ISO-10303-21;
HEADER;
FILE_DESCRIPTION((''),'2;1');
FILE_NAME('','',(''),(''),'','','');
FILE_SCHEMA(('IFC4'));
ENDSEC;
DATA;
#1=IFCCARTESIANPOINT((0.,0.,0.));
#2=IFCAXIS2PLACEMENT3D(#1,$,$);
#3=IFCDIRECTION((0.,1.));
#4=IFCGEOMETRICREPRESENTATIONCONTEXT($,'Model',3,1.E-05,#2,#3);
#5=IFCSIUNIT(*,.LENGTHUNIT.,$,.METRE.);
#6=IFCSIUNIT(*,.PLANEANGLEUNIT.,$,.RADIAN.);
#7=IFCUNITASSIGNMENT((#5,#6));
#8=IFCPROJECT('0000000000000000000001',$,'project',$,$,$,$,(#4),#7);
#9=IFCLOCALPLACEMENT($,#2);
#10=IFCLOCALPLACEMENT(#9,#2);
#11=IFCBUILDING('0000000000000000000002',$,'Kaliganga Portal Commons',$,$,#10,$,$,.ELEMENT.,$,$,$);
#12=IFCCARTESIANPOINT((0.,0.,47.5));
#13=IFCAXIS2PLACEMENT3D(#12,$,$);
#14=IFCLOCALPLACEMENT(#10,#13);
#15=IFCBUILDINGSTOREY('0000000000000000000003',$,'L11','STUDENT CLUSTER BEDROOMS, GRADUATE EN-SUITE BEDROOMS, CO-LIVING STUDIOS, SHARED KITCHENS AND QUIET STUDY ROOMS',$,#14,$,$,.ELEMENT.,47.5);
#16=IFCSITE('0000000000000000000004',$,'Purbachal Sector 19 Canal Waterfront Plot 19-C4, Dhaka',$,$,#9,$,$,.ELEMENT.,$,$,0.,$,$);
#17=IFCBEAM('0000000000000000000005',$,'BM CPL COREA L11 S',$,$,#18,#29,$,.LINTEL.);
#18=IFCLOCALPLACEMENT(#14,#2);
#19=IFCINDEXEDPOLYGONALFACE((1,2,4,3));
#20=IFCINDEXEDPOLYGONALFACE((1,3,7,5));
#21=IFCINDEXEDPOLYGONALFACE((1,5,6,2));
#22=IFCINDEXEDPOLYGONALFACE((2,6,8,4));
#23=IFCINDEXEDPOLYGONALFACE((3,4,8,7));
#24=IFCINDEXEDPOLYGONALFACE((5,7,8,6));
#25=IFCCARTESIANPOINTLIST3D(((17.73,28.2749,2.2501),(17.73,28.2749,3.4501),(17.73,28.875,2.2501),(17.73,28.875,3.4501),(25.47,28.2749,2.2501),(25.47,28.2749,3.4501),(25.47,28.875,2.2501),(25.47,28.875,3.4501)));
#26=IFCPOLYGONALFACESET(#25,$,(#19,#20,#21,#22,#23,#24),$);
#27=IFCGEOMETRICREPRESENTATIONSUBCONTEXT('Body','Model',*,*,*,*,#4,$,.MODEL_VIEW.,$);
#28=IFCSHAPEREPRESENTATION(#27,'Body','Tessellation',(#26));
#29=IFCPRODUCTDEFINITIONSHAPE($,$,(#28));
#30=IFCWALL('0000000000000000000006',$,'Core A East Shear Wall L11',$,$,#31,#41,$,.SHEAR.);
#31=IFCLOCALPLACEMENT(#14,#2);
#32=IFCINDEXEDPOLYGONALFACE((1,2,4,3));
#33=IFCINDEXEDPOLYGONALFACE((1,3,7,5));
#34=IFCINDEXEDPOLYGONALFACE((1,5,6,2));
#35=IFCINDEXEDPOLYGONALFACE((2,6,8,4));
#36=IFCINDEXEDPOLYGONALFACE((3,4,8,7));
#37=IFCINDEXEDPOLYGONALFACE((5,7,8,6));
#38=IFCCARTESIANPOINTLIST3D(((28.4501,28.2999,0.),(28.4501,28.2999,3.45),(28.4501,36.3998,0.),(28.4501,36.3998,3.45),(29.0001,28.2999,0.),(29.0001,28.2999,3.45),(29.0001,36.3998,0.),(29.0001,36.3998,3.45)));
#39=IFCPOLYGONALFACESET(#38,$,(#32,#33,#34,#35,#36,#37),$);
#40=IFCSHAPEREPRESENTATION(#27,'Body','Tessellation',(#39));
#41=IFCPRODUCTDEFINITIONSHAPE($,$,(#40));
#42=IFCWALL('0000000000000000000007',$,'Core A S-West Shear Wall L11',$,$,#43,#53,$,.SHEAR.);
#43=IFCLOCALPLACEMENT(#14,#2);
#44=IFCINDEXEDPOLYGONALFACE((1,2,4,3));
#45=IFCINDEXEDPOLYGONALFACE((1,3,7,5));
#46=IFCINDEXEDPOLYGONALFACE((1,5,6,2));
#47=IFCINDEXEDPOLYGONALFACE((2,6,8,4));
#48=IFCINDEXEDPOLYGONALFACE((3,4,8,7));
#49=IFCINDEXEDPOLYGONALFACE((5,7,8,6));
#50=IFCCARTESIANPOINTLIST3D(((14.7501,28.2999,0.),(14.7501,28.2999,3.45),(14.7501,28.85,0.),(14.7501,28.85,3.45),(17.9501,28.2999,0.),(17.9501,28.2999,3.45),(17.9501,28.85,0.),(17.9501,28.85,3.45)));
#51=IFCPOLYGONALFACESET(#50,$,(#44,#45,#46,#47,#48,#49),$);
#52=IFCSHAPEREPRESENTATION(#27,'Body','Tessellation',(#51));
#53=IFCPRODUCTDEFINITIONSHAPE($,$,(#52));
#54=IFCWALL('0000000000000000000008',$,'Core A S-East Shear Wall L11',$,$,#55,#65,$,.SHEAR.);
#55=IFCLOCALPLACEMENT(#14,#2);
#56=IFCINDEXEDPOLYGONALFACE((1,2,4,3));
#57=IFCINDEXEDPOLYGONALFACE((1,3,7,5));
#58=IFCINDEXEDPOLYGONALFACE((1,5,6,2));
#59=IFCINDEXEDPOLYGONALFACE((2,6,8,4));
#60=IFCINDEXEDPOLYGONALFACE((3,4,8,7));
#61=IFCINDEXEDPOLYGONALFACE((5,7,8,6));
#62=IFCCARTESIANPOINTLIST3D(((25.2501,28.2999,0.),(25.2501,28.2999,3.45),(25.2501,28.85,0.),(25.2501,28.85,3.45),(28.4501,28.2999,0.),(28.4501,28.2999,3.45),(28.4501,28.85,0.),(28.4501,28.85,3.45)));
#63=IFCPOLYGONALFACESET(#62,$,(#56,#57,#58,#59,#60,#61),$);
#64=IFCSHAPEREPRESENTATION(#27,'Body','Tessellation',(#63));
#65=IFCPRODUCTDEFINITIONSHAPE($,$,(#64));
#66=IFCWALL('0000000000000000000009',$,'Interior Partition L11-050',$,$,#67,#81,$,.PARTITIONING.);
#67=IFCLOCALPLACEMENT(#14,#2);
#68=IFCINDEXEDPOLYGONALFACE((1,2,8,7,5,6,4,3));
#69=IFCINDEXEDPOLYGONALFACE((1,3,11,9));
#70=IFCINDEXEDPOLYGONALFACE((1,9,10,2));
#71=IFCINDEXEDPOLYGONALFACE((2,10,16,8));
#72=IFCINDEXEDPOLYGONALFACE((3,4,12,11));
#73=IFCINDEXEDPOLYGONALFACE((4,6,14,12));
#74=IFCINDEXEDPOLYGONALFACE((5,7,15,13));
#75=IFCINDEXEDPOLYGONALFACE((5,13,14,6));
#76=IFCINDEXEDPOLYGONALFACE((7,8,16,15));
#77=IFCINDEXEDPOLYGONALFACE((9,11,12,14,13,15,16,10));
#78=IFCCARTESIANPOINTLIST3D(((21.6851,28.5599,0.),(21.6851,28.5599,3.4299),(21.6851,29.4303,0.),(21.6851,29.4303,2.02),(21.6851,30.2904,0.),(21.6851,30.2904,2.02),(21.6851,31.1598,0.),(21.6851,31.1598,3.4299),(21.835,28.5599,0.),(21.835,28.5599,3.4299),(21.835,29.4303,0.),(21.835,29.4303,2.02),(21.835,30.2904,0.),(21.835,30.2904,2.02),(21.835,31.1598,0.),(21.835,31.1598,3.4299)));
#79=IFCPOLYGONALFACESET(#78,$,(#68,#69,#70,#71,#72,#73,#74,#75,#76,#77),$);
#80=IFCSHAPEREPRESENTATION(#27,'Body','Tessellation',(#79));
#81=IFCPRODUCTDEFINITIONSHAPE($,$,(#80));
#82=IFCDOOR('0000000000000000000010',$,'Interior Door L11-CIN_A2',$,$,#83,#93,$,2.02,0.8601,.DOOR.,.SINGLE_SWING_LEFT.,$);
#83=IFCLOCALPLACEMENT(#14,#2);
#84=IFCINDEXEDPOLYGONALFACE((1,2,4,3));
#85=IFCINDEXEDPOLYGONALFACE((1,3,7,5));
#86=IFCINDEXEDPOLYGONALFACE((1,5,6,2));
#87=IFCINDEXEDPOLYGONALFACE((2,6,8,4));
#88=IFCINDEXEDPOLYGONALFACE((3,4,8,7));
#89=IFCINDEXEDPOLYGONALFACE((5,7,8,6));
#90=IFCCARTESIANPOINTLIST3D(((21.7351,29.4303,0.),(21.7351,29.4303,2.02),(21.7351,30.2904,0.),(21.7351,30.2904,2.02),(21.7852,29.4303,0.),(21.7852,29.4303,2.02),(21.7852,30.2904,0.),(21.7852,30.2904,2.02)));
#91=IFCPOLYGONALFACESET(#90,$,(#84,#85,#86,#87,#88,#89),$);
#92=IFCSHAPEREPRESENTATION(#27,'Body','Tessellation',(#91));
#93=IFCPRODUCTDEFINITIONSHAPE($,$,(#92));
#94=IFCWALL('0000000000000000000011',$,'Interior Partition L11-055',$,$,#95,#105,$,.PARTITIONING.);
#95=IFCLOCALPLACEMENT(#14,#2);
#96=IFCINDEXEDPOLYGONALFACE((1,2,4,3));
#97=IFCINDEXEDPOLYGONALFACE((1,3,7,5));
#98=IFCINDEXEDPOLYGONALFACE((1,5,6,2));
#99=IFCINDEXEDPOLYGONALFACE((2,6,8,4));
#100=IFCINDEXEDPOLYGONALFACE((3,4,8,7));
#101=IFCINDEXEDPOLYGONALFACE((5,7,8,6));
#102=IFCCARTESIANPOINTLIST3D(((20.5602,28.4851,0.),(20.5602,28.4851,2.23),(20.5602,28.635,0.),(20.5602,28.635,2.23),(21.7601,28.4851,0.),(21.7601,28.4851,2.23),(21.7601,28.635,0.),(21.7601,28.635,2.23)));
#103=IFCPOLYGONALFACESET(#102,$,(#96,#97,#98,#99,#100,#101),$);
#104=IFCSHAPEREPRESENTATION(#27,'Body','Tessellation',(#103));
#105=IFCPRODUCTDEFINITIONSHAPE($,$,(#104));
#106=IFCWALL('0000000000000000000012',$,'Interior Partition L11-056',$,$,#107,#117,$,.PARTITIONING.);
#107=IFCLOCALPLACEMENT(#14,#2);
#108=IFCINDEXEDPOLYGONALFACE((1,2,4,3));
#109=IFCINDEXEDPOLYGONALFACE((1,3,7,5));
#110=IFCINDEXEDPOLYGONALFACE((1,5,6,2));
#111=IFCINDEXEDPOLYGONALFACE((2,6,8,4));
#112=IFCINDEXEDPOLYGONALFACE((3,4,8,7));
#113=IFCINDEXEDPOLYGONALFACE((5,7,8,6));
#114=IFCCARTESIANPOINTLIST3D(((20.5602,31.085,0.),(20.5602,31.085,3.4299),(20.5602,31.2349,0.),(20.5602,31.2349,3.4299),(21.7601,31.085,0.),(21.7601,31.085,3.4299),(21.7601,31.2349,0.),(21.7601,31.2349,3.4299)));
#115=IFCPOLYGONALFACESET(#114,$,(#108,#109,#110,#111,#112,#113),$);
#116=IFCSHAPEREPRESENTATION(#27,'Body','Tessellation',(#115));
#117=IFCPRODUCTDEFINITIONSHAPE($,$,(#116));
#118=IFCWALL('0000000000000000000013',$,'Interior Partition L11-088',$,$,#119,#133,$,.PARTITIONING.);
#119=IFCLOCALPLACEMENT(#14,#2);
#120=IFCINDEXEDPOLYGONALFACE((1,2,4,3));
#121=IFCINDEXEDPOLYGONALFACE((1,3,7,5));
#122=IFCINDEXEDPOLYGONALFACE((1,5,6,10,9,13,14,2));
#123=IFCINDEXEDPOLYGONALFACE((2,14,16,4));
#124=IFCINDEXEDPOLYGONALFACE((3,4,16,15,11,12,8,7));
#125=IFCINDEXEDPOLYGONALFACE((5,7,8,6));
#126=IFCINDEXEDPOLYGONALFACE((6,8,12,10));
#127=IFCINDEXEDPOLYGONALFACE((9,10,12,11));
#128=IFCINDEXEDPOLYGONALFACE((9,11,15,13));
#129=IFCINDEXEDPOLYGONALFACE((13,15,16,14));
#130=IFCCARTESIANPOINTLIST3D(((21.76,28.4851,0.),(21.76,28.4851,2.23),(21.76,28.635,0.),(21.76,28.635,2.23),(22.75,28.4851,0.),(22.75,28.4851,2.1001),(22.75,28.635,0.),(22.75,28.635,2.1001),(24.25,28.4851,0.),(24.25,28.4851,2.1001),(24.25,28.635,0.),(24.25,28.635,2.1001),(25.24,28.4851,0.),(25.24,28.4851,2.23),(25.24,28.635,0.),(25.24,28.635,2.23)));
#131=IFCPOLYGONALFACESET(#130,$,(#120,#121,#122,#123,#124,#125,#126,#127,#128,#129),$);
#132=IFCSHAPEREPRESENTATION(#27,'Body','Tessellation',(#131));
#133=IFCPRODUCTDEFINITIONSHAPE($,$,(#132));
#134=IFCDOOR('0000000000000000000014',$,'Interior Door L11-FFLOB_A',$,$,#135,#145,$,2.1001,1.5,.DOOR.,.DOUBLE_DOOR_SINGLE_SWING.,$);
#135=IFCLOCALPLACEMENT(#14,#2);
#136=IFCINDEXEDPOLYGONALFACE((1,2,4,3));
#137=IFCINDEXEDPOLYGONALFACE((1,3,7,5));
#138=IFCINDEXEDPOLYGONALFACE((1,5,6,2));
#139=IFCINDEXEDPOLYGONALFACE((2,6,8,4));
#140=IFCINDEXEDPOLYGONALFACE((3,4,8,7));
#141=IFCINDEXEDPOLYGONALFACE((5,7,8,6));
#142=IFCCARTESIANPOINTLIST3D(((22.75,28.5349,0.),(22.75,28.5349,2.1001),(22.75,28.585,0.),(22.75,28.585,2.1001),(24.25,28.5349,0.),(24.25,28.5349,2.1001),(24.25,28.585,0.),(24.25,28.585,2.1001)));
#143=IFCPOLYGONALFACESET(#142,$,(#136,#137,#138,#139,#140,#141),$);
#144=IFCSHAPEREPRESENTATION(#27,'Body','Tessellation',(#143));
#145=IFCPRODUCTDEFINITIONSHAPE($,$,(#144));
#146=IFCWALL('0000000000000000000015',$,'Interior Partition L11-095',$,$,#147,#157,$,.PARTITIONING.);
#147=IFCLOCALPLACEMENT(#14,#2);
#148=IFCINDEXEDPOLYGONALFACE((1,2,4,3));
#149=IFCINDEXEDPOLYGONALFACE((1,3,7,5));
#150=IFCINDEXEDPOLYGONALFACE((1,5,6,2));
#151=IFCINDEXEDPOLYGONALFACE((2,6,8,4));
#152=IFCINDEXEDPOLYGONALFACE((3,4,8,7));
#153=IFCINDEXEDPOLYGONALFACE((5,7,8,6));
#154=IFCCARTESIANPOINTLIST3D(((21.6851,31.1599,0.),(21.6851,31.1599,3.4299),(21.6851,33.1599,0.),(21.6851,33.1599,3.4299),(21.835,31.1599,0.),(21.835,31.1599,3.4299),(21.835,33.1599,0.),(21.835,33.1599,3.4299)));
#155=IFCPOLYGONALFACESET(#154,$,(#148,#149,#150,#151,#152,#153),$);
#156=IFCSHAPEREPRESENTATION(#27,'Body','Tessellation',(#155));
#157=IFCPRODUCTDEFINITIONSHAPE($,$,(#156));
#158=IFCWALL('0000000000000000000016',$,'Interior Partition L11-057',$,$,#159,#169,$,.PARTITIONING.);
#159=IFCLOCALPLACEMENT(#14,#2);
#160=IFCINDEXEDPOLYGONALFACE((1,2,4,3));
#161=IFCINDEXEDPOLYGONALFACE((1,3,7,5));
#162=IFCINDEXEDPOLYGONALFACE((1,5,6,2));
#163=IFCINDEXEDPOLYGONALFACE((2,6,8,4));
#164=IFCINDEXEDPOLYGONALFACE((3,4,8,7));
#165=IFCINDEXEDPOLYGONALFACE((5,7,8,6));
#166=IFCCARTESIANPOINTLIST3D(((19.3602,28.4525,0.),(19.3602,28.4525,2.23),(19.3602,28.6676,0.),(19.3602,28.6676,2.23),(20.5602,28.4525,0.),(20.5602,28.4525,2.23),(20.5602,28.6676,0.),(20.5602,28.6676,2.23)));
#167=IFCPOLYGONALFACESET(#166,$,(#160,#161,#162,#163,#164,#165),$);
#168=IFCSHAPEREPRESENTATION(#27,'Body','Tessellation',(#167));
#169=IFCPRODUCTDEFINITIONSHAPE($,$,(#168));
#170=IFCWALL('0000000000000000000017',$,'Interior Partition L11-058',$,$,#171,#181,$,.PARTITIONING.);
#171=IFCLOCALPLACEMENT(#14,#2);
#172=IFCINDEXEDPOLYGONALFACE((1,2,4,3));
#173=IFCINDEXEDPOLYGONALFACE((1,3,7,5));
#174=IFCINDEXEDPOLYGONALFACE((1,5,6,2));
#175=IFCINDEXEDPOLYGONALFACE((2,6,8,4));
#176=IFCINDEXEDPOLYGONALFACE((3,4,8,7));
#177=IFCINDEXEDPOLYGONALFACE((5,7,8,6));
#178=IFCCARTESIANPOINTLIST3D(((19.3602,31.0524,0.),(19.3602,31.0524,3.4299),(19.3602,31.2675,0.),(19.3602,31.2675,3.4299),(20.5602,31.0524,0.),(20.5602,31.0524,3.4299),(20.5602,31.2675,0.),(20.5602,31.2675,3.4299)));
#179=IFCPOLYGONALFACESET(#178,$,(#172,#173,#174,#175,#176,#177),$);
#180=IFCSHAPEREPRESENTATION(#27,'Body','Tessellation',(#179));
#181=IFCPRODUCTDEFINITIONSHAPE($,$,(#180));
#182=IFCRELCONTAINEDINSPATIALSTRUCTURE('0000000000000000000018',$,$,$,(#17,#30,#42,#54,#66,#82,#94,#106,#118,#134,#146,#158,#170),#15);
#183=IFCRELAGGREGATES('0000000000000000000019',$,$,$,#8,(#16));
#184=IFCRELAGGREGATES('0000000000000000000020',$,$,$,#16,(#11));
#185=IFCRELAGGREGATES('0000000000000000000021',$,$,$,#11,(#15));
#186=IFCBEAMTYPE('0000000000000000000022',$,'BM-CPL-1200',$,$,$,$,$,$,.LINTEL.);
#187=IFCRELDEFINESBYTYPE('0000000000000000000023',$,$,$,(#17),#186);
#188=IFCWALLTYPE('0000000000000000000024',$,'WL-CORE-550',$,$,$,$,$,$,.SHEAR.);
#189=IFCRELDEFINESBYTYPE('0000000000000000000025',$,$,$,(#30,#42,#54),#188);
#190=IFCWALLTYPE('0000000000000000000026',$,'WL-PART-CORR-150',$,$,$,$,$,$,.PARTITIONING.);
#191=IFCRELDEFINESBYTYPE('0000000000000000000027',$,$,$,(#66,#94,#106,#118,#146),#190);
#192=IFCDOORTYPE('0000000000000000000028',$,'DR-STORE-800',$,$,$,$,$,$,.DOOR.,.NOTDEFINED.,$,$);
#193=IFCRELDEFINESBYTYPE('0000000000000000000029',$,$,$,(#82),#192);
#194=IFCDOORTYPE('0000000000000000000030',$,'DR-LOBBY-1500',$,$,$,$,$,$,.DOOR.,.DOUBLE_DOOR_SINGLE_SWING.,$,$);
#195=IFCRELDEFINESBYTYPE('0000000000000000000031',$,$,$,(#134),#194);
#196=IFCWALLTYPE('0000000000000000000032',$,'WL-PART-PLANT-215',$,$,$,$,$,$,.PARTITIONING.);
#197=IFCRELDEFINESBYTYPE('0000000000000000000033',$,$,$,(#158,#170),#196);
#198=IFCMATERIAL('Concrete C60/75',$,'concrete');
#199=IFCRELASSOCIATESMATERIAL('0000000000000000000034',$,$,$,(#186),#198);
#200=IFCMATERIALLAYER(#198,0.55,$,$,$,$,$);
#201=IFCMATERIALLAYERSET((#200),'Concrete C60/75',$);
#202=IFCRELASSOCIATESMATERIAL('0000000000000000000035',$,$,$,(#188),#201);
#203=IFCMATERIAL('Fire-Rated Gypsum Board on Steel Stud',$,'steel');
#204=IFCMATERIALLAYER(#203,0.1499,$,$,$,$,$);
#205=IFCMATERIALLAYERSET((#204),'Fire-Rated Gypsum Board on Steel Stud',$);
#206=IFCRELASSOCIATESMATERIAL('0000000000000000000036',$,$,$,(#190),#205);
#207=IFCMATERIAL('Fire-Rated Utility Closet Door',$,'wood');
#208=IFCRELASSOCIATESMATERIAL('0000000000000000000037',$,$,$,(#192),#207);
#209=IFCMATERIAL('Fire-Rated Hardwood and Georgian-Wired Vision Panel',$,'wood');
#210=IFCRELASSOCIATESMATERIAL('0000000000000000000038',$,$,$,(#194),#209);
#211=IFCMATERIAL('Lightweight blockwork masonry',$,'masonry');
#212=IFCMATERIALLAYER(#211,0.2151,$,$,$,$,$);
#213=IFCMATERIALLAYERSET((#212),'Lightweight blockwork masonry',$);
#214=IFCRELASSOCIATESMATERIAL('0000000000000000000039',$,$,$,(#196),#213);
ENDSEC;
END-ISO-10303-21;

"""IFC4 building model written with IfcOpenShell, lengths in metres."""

from ifc_helpers import new_model, si_unit, direction, frame, frame_2d, origin, origin_2d, place, context, subcontext, project, spatial, rectangle, extrude, source, transform, mapped, material, layer, layer_set, material_profile, profile_set, type_object, element, fill, save


model = new_model("IFC4")

# Units and contexts
model_context = context("Model", 3, precision=1e-05, world=origin(), true_north=direction((0.0, 1.0)))
body_context = subcontext(model_context, "Body", "Model", "MODEL_VIEW")
ifc_project = project(units=[si_unit("LENGTHUNIT", "METRE"), si_unit("PLANEANGLEUNIT", "RADIAN")], contexts=[model_context])

# Site, building, storey
site_placement = place(None, origin())
site = spatial("IfcSite", under=ifc_project, at=site_placement, Name="Purbachal Sector 19 Canal Waterfront Plot 19-C4, Dhaka", CompositionType="ELEMENT", RefElevation=0.0)
building_placement = place(site_placement, origin())
building = spatial("IfcBuilding", under=site, at=building_placement, Name="Kaliganga Portal Commons", CompositionType="ELEMENT")
storey_placement = place(building_placement, frame((0.0, 0.0, 47.5)))
storey = spatial("IfcBuildingStorey", under=building, at=storey_placement, Name="L11", Description="STUDENT CLUSTER BEDROOMS, GRADUATE EN-SUITE BEDROOMS, CO-LIVING STUDIOS, SHARED KITCHENS AND QUIET STUDY ROOMS", CompositionType="ELEMENT", Elevation=47.5)

# Beam
ifc_material_1 = material(Name="Concrete C60/75", Category="concrete")
ifc_material_profile = material_profile(ifc_material_1, rectangle(XDim=0.6001, YDim=1.2, at=origin_2d()), Name="RC 600x1200")
ifc_profile_set = profile_set([ifc_material_profile], Name="Concrete C60/75")
beam_type = type_object("IfcBeamType", Name="BM-CPL-1200", PredefinedType="LINTEL", material=ifc_profile_set)
shared_shape = source(origin(), body_context, "Body", "SweptSolid", [
    extrude(rectangle(XDim=0.6001, YDim=1.2, at=origin_2d()), origin(), (0.0, 0.0, 1.0), 7.74),
])
beam_placement = place(storey_placement, frame((17.73, 28.575, 2.8501), z_axis=(1.0, 0.0, 0.0), x_axis=(0.0, 1.0, 0.0)))
element("IfcBeam", 1, at=beam_placement, inside=storey, type_object=beam_type, Name="BM CPL COREA L11 S", PredefinedType="LINTEL", context=body_context, shape_type="MappedRepresentation", body=[
    mapped(shared_shape, transform((0.0, 0.0, 0.0), x_axis=(1.0, 0.0, 0.0), y_axis=(0.0, 1.0, 0.0), z_axis=(0.0, 0.0, 1.0), scale=1.0)),
])

# Walls
ifc_layer_1 = layer(ifc_material_1, 0.55)
ifc_layer_set_1 = layer_set([ifc_layer_1], Name="Concrete C60/75")
wall_type_1 = type_object("IfcWallType", Name="WL-CORE-550", PredefinedType="SHEAR", material=ifc_layer_set_1)
wall_1_placement = place(storey_placement, frame((28.7251, 28.3, 0.0), z_axis=(0.0, 0.0, 1.0), x_axis=(0.0, 1.0, 0.0)))
element("IfcWall", 2, at=wall_1_placement, inside=storey, type_object=wall_type_1, Name="Core A East Shear Wall L11", PredefinedType="SHEAR", context=body_context, shape_type="SweptSolid", body=[
    extrude(rectangle(XDim=8.0999, YDim=0.55, at=frame_2d((4.0498, 0.0))), origin(), (0.0, 0.0, 1.0), 3.45),
])
for number, where, z_axis, x_axis, name in (
    (3, (14.75, 28.575, 0.0), (0.0, 0.0, 1.0), (1.0, 0.0, 0.0), "Core A S-West Shear Wall L11"),
    (4, (25.25, 28.575, 0.0), (0.0, 0.0, 1.0), (1.0, 0.0, 0.0), "Core A S-East Shear Wall L11"),
):
    element("IfcWall", number, at=place(storey_placement, frame(where, z_axis=z_axis, x_axis=x_axis)), inside=storey, type_object=wall_type_1, Name=name, PredefinedType="SHEAR", context=body_context, shape_type="SweptSolid", body=[
        extrude(rectangle(XDim=3.2, YDim=0.55, at=frame_2d((1.6001, 0.0))), origin(), (0.0, 0.0, 1.0), 3.45),
    ])

# Wall, opening, door
ifc_material_2 = material(Name="Fire-Rated Gypsum Board on Steel Stud", Category="steel")
ifc_layer_2 = layer(ifc_material_2, 0.1499)
ifc_layer_set_2 = layer_set([ifc_layer_2], Name="Fire-Rated Gypsum Board on Steel Stud")
wall_type_2 = type_object("IfcWallType", Name="WL-PART-CORR-150", PredefinedType="PARTITIONING", material=ifc_layer_set_2)
wall_2_placement = place(storey_placement, frame((21.76, 28.5601, 0.0), z_axis=(0.0, 0.0, 1.0), x_axis=(0.0, 1.0, 0.0)))
wall_2 = element("IfcWall", 5, at=wall_2_placement, inside=storey, type_object=wall_type_2, Name="Interior Partition L11-050", PredefinedType="PARTITIONING", context=body_context, shape_type="SweptSolid", body=[
    extrude(rectangle(XDim=2.5999, YDim=0.1499, at=frame_2d((1.2998, 0.0))), origin(), (0.0, 0.0, 1.0), 3.4299),
])
opening_1_placement = place(wall_2_placement, frame((0.8701, 0.0, 0.0)))
opening_1 = element("IfcOpeningElement", 6, at=opening_1_placement, cuts=wall_2, PredefinedType="OPENING", context=body_context, shape_type="SweptSolid", body=[
    extrude(rectangle(XDim=0.8601, YDim=2.02, at=frame_2d((0.4302, 1.01))), frame((0.0, 0.085, 0.0), z_axis=(0.0, -1.0, 0.0), x_axis=(1.0, 0.0, 0.0)), (0.0, 0.0, 1.0), 0.1699),
])
ifc_material_3 = material(Name="Fire-Rated Utility Closet Door", Category="wood")
door_type_1 = type_object("IfcDoorType", Name="DR-STORE-800", OperationType="NOTDEFINED", PredefinedType="DOOR", material=ifc_material_3)
door_1_placement = place(opening_1_placement, origin())
door_1 = element("IfcDoor", 7, at=door_1_placement, inside=storey, type_object=door_type_1, Name="Interior Door L11-CIN_A2", OperationType="SINGLE_SWING_LEFT", OverallHeight=2.02, OverallWidth=0.8601, PredefinedType="DOOR", context=body_context, shape_type="SweptSolid", body=[
    extrude(rectangle(XDim=0.8601, YDim=2.02, at=frame_2d((0.4302, 1.01))), frame((0.0, 0.0249, 0.0), z_axis=(0.0, -1.0, 0.0), x_axis=(1.0, 0.0, 0.0)), (0.0, 0.0, 1.0), 0.05),
])
fill(opening_1, door_1)

# Walls
wall_3_placement = place(storey_placement, frame((20.5601, 28.5601, 0.0), z_axis=(0.0, 0.0, 1.0), x_axis=(1.0, 0.0, 0.0)))
element("IfcWall", 8, at=wall_3_placement, inside=storey, type_object=wall_type_2, Name="Interior Partition L11-055", PredefinedType="PARTITIONING", context=body_context, shape_type="SweptSolid", body=[
    extrude(rectangle(XDim=1.2, YDim=0.1499, at=frame_2d((0.6001, 0.0))), origin(), (0.0, 0.0, 1.0), 2.23),
])
wall_4_placement = place(storey_placement, frame((20.5601, 31.1599, 0.0), z_axis=(0.0, 0.0, 1.0), x_axis=(1.0, 0.0, 0.0)))
element("IfcWall", 9, at=wall_4_placement, inside=storey, type_object=wall_type_2, Name="Interior Partition L11-056", PredefinedType="PARTITIONING", context=body_context, shape_type="SweptSolid", body=[
    extrude(rectangle(XDim=1.2, YDim=0.1499, at=frame_2d((0.6001, 0.0))), origin(), (0.0, 0.0, 1.0), 3.4299),
])

# Wall, opening, door
wall_5_placement = place(storey_placement, frame((21.76, 28.5601, 0.0), z_axis=(0.0, 0.0, 1.0), x_axis=(1.0, 0.0, 0.0)))
wall_5 = element("IfcWall", 10, at=wall_5_placement, inside=storey, type_object=wall_type_2, Name="Interior Partition L11-088", PredefinedType="PARTITIONING", context=body_context, shape_type="SweptSolid", body=[
    extrude(rectangle(XDim=3.48, YDim=0.1499, at=frame_2d((1.74, 0.0))), origin(), (0.0, 0.0, 1.0), 2.23),
])
opening_2_placement = place(wall_5_placement, frame((0.99, 0.0, 0.0)))
opening_2 = element("IfcOpeningElement", 11, at=opening_2_placement, cuts=wall_5, PredefinedType="OPENING", context=body_context, shape_type="SweptSolid", body=[
    extrude(rectangle(XDim=1.5, YDim=2.1001, at=frame_2d((0.75, 1.05))), frame((0.0, 0.085, 0.0), z_axis=(0.0, -1.0, 0.0), x_axis=(1.0, 0.0, 0.0)), (0.0, 0.0, 1.0), 0.1699),
])
ifc_material_4 = material(Name="Fire-Rated Hardwood and Georgian-Wired Vision Panel", Category="wood")
door_type_2 = type_object("IfcDoorType", Name="DR-LOBBY-1500", OperationType="DOUBLE_DOOR_SINGLE_SWING", PredefinedType="DOOR", material=ifc_material_4)
door_2_placement = place(opening_2_placement, origin())
door_2 = element("IfcDoor", 12, at=door_2_placement, inside=storey, type_object=door_type_2, Name="Interior Door L11-FFLOB_A", OperationType="DOUBLE_DOOR_SINGLE_SWING", OverallHeight=2.1001, OverallWidth=1.5, PredefinedType="DOOR", context=body_context, shape_type="SweptSolid", body=[
    extrude(rectangle(XDim=1.5, YDim=2.1001, at=frame_2d((0.75, 1.05))), frame((0.0, 0.0249, 0.0), z_axis=(0.0, -1.0, 0.0), x_axis=(1.0, 0.0, 0.0)), (0.0, 0.0, 1.0), 0.05),
])
fill(opening_2, door_2)

# Wall
wall_6_placement = place(storey_placement, frame((21.76, 31.1599, 0.0), z_axis=(0.0, 0.0, 1.0), x_axis=(0.0, 1.0, 0.0)))
element("IfcWall", 13, at=wall_6_placement, inside=storey, type_object=wall_type_2, Name="Interior Partition L11-095", PredefinedType="PARTITIONING", context=body_context, shape_type="SweptSolid", body=[
    extrude(rectangle(XDim=2.0, YDim=0.1499, at=frame_2d((1.0, 0.0))), origin(), (0.0, 0.0, 1.0), 3.4299),
])

# Shared definitions
ifc_material_5 = material(Name="Lightweight blockwork masonry", Category="masonry")
ifc_layer_3 = layer(ifc_material_5, 0.2151)
ifc_layer_set_3 = layer_set([ifc_layer_3], Name="Lightweight blockwork masonry")
wall_type_3 = type_object("IfcWallType", Name="WL-PART-PLANT-215", PredefinedType="PARTITIONING", material=ifc_layer_set_3)

# Walls
wall_7_placement = place(storey_placement, frame((19.3601, 28.5601, 0.0), z_axis=(0.0, 0.0, 1.0), x_axis=(1.0, 0.0, 0.0)))
element("IfcWall", 14, at=wall_7_placement, inside=storey, type_object=wall_type_3, Name="Interior Partition L11-057", PredefinedType="PARTITIONING", context=body_context, shape_type="SweptSolid", body=[
    extrude(rectangle(XDim=1.2, YDim=0.2151, at=frame_2d((0.6001, 0.0))), origin(), (0.0, 0.0, 1.0), 2.23),
])
wall_8_placement = place(storey_placement, frame((19.3601, 31.1599, 0.0), z_axis=(0.0, 0.0, 1.0), x_axis=(1.0, 0.0, 0.0)))
element("IfcWall", 15, at=wall_8_placement, inside=storey, type_object=wall_type_3, Name="Interior Partition L11-058", PredefinedType="PARTITIONING", context=body_context, shape_type="SweptSolid", body=[
    extrude(rectangle(XDim=1.2, YDim=0.2151, at=frame_2d((0.6001, 0.0))), origin(), (0.0, 0.0, 1.0), 3.4299),
])

save(model, "model.ifc")
